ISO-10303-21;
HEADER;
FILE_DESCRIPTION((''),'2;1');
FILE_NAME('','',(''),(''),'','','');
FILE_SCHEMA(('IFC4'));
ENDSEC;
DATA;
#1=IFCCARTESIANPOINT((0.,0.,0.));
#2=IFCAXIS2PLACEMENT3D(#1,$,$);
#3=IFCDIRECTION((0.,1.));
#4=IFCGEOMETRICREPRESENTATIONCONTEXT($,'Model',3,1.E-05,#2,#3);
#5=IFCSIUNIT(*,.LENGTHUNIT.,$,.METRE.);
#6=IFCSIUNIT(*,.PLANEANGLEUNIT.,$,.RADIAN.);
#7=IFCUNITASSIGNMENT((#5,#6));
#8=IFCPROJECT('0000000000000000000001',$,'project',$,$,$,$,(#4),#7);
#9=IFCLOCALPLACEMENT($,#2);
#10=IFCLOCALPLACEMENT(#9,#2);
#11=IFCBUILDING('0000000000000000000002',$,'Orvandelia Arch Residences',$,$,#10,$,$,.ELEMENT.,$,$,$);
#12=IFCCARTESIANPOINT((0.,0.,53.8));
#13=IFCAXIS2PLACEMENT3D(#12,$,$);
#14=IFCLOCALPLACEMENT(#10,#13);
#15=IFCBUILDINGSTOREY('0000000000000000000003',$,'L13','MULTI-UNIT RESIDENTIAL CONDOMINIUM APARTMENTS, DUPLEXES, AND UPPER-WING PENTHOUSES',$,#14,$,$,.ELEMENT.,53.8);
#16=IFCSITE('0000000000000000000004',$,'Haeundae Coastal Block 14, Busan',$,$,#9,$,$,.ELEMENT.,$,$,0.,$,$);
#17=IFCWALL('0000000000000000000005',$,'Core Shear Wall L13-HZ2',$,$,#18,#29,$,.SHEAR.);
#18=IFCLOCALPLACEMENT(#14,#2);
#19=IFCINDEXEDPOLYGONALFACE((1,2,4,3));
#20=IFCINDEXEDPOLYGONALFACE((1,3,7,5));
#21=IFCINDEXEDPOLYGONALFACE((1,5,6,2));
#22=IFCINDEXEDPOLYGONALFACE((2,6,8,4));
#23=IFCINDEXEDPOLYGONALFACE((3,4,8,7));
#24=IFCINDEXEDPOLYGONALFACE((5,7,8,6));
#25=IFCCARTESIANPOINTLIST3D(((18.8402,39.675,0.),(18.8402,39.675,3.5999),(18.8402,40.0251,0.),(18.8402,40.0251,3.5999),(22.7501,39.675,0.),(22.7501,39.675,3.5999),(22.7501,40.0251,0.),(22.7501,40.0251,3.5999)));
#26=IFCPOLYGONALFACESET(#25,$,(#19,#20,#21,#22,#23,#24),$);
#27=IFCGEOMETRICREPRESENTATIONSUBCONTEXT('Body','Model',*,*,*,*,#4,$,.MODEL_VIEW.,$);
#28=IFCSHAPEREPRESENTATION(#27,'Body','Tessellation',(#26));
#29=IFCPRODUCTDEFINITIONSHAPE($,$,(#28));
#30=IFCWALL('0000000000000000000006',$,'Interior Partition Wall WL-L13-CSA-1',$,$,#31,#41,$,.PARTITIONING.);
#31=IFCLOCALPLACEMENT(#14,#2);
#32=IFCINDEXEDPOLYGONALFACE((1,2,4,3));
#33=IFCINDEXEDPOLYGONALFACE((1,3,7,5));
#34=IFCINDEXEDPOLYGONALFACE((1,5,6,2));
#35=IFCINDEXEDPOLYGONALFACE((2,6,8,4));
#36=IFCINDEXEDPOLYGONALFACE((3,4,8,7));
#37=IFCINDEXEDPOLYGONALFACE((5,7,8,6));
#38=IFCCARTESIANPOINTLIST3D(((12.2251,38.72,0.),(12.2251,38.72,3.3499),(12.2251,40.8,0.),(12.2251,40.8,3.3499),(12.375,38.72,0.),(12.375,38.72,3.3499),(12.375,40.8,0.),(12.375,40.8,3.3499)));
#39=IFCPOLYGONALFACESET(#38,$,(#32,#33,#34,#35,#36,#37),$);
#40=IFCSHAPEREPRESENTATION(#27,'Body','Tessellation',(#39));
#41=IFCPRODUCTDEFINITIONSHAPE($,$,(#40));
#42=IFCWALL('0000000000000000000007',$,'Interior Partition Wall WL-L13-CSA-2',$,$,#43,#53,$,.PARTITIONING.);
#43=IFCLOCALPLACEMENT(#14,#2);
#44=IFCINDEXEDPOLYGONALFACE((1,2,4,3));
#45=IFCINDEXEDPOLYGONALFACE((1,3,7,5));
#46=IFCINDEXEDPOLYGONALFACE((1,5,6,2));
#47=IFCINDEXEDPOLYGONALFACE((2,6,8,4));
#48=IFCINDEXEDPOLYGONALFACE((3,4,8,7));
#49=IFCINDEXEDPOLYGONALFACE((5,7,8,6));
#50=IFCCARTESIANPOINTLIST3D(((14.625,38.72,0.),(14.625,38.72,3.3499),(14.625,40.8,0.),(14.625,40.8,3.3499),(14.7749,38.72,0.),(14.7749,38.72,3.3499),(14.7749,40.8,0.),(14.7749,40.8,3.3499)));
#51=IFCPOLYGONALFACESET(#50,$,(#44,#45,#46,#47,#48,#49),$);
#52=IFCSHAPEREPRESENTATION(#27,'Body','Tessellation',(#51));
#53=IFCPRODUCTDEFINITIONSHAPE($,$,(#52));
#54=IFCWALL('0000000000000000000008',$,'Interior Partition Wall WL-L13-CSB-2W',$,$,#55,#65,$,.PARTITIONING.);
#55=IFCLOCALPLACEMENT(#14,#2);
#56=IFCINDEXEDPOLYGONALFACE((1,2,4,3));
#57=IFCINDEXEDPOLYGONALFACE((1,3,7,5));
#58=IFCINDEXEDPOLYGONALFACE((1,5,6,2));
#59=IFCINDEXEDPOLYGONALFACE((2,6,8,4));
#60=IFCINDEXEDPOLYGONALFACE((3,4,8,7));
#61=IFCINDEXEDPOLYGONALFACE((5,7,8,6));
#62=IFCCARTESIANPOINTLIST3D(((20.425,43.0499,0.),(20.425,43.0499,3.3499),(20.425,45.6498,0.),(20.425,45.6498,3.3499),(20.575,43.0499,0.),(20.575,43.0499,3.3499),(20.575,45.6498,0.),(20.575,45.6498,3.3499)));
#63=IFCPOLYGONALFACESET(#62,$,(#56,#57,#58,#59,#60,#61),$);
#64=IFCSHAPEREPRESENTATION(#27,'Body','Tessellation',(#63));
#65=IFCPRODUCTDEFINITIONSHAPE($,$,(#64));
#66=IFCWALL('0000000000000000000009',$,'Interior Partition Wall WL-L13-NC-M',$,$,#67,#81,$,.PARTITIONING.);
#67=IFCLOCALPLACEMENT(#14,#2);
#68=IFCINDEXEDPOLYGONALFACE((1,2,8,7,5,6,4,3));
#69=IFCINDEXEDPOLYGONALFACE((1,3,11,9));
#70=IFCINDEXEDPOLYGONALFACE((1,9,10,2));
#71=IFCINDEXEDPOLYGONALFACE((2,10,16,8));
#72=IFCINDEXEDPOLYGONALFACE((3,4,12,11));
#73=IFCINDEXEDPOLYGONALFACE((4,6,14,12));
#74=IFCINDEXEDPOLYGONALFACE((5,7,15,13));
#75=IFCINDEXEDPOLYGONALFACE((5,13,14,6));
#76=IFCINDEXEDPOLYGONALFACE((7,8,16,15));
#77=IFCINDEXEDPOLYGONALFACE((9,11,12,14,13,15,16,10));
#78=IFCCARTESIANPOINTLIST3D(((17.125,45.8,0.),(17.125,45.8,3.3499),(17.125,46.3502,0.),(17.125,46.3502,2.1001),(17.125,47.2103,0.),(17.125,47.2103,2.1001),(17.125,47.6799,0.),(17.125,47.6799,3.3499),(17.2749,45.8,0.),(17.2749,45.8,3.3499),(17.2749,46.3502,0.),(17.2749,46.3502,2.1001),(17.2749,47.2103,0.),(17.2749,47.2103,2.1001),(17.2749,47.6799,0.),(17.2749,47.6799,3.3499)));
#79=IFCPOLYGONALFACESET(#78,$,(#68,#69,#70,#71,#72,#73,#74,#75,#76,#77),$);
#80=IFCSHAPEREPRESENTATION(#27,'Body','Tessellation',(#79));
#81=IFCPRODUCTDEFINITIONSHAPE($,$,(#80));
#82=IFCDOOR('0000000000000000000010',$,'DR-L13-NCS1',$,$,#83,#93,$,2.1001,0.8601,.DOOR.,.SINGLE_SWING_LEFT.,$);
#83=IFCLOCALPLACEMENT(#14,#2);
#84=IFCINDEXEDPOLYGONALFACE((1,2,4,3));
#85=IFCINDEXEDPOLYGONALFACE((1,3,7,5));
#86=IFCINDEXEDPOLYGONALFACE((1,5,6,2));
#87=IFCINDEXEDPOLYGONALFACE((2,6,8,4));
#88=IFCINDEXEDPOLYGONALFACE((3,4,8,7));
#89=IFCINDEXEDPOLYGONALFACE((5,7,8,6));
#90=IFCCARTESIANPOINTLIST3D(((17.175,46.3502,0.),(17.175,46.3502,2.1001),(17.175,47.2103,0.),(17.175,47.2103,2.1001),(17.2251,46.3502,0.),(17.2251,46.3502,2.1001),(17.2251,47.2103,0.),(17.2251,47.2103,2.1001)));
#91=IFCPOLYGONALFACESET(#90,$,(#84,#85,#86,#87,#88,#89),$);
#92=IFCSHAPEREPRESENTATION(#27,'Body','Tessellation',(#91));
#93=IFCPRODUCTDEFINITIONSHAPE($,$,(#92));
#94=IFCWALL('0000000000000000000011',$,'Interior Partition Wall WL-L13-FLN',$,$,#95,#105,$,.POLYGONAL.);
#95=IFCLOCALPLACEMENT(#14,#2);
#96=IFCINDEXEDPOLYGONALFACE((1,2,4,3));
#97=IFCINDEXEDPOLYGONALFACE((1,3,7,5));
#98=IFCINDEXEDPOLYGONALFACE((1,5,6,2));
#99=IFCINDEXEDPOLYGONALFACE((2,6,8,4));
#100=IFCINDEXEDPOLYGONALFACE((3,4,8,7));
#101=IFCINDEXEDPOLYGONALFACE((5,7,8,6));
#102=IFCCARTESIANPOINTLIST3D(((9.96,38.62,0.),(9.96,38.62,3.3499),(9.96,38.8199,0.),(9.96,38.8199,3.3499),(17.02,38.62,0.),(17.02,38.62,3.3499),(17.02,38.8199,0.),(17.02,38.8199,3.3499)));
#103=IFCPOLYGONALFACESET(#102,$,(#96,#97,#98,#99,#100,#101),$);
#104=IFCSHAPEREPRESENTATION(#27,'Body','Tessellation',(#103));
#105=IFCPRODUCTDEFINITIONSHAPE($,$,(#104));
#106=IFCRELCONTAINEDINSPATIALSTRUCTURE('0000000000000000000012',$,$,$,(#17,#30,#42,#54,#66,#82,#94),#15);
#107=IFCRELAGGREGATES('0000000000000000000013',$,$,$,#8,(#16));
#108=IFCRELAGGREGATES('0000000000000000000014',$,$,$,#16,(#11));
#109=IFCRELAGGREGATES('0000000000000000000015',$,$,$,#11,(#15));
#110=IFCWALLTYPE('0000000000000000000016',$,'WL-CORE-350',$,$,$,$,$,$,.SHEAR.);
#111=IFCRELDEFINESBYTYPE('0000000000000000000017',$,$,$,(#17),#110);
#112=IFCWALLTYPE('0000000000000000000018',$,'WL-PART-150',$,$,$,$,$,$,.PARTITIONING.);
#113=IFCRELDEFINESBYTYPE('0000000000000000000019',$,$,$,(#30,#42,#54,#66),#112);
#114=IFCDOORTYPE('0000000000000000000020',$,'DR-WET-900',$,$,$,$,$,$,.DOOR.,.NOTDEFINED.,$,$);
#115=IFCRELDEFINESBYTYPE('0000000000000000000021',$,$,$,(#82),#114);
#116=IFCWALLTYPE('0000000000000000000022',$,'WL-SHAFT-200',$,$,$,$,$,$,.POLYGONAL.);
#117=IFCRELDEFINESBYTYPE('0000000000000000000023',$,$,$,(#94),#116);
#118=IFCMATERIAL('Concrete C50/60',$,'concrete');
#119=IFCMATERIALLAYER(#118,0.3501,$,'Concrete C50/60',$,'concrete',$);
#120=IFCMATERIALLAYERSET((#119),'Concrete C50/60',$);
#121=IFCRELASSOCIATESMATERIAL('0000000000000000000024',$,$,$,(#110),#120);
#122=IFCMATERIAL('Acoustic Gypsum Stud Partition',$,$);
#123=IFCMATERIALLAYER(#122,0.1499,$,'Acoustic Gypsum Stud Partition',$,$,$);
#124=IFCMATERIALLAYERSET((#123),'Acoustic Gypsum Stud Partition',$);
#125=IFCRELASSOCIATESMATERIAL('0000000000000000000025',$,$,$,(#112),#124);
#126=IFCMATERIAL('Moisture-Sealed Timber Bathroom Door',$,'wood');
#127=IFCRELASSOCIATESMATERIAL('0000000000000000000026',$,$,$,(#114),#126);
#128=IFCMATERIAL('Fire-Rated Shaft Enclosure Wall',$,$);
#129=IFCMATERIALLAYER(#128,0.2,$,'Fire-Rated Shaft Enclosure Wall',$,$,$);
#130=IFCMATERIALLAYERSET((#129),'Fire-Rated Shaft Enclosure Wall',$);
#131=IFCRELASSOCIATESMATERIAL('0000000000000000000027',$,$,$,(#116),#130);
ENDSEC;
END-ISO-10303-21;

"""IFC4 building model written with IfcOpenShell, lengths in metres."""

from ifc_helpers import new_model, si_unit, direction, frame, frame_2d, origin, place, context, subcontext, project, spatial, rectangle, extrude, material, layer, layer_set, type_object, element, fill, save


model = new_model("IFC4")

# Units and contexts
model_context = context("Model", 3, precision=1e-05, world=origin(), true_north=direction((0.0, 1.0)))
body_context = subcontext(model_context, "Body", "Model", "MODEL_VIEW")
ifc_project = project(units=[si_unit("LENGTHUNIT", "METRE"), si_unit("PLANEANGLEUNIT", "RADIAN")], contexts=[model_context])

# Site, building, storey
site_placement = place(None, origin())
site = spatial("IfcSite", under=ifc_project, at=site_placement, Name="Haeundae Coastal Block 14, Busan", CompositionType="ELEMENT", RefElevation=0.0)
building_placement = place(site_placement, origin())
building = spatial("IfcBuilding", under=site, at=building_placement, Name="Orvandelia Arch Residences", CompositionType="ELEMENT")
storey_placement = place(building_placement, frame((0.0, 0.0, 53.8)))
storey = spatial("IfcBuildingStorey", under=building, at=storey_placement, Name="L13", Description="MULTI-UNIT RESIDENTIAL CONDOMINIUM APARTMENTS, DUPLEXES, AND UPPER-WING PENTHOUSES", CompositionType="ELEMENT", Elevation=53.8)

# Walls
ifc_material_1 = material(Name="Concrete C50/60", Category="concrete")
ifc_layer_1 = layer(ifc_material_1, 0.3501, Name="Concrete C50/60", Category="concrete")
ifc_layer_set_1 = layer_set([ifc_layer_1], Name="Concrete C50/60")
wall_type_1 = type_object("IfcWallType", Name="WL-CORE-350", PredefinedType="SHEAR", material=ifc_layer_set_1)
wall_1_placement = place(storey_placement, frame((18.8401, 39.8501, 0.0), z_axis=(0.0, 0.0, 1.0), x_axis=(1.0, 0.0, 0.0)))
element("IfcWall", 1, at=wall_1_placement, inside=storey, type_object=wall_type_1, Name="Core Shear Wall L13-HZ2", PredefinedType="SHEAR", context=body_context, shape_type="SweptSolid", body=[
    extrude(rectangle(XDim=3.9099, YDim=0.3501, at=frame_2d((1.9551, 0.0))), origin(), (0.0, 0.0, 1.0), 3.5999),
])
ifc_material_2 = material(Name="Acoustic Gypsum Stud Partition")
ifc_layer_2 = layer(ifc_material_2, 0.1499, Name="Acoustic Gypsum Stud Partition")
ifc_layer_set_2 = layer_set([ifc_layer_2], Name="Acoustic Gypsum Stud Partition")
wall_type_2 = type_object("IfcWallType", Name="WL-PART-150", PredefinedType="PARTITIONING", material=ifc_layer_set_2)
for number, where, z_axis, x_axis, name in (
    (2, (12.3, 38.72, 0.0), (0.0, 0.0, 1.0), (0.0, 1.0, 0.0), "Interior Partition Wall WL-L13-CSA-1"),
    (3, (14.7, 38.72, 0.0), (0.0, 0.0, 1.0), (0.0, 1.0, 0.0), "Interior Partition Wall WL-L13-CSA-2"),
):
    element("IfcWall", number, at=place(storey_placement, frame(where, z_axis=z_axis, x_axis=x_axis)), inside=storey, type_object=wall_type_2, Name=name, PredefinedType="PARTITIONING", context=body_context, shape_type="SweptSolid", body=[
        extrude(rectangle(XDim=2.0801, YDim=0.1499, at=frame_2d((1.04, 0.0))), origin(), (0.0, 0.0, 1.0), 3.3499),
    ])
wall_2_placement = place(storey_placement, frame((20.5, 43.05, 0.0), z_axis=(0.0, 0.0, 1.0), x_axis=(0.0, 1.0, 0.0)))
element("IfcWall", 4, at=wall_2_placement, inside=storey, type_object=wall_type_2, Name="Interior Partition Wall WL-L13-CSB-2W", PredefinedType="PARTITIONING", context=body_context, shape_type="SweptSolid", body=[
    extrude(rectangle(XDim=2.5999, YDim=0.1499, at=frame_2d((1.2998, 0.0))), origin(), (0.0, 0.0, 1.0), 3.3499),
])

# Wall, opening, door
wall_3_placement = place(storey_placement, frame((17.2, 45.8, 0.0), z_axis=(0.0, 0.0, 1.0), x_axis=(0.0, 1.0, 0.0)))
wall_3 = element("IfcWall", 5, at=wall_3_placement, inside=storey, type_object=wall_type_2, Name="Interior Partition Wall WL-L13-NC-M", PredefinedType="PARTITIONING", context=body_context, shape_type="SweptSolid", body=[
    extrude(rectangle(XDim=1.8799, YDim=0.1499, at=frame_2d((0.9399, 0.0))), origin(), (0.0, 0.0, 1.0), 3.3499),
])
opening_1_placement = place(wall_3_placement, frame((0.55, 0.0, 0.0)))
opening_1 = element("IfcOpeningElement", 6, at=opening_1_placement, cuts=wall_3, PredefinedType="OPENING", context=body_context, shape_type="SweptSolid", body=[
    extrude(rectangle(XDim=0.8601, YDim=2.1001, at=frame_2d((0.4302, 1.05))), frame((0.0, 0.085, 0.0), z_axis=(0.0, -1.0, 0.0), x_axis=(1.0, 0.0, 0.0)), (0.0, 0.0, 1.0), 0.1699),
])
ifc_material_3 = material(Name="Moisture-Sealed Timber Bathroom Door", Category="wood")
door_type_1 = type_object("IfcDoorType", Name="DR-WET-900", OperationType="NOTDEFINED", PredefinedType="DOOR", material=ifc_material_3)
door_1_placement = place(opening_1_placement, origin())
door_1 = element("IfcDoor", 7, at=door_1_placement, inside=storey, type_object=door_type_1, Name="DR-L13-NCS1", OperationType="SINGLE_SWING_LEFT", OverallHeight=2.1001, OverallWidth=0.8601, PredefinedType="DOOR", context=body_context, shape_type="SweptSolid", body=[
    extrude(rectangle(XDim=0.8601, YDim=2.1001, at=frame_2d((0.4302, 1.05))), frame((0.0, 0.0249, 0.0), z_axis=(0.0, -1.0, 0.0), x_axis=(1.0, 0.0, 0.0)), (0.0, 0.0, 1.0), 0.05),
])
fill(opening_1, door_1)

# Wall
ifc_material_4 = material(Name="Fire-Rated Shaft Enclosure Wall")
ifc_layer_3 = layer(ifc_material_4, 0.2, Name="Fire-Rated Shaft Enclosure Wall")
ifc_layer_set_3 = layer_set([ifc_layer_3], Name="Fire-Rated Shaft Enclosure Wall")
wall_type_3 = type_object("IfcWallType", Name="WL-SHAFT-200", PredefinedType="POLYGONAL", material=ifc_layer_set_3)
wall_4_placement = place(storey_placement, frame((9.96, 38.72, 0.0), z_axis=(0.0, 0.0, 1.0), x_axis=(1.0, 0.0, 0.0)))
element("IfcWall", 8, at=wall_4_placement, inside=storey, type_object=wall_type_3, Name="Interior Partition Wall WL-L13-FLN", PredefinedType="POLYGONAL", context=body_context, shape_type="SweptSolid", body=[
    extrude(rectangle(XDim=7.0601, YDim=0.2, at=frame_2d((3.53, 0.0))), origin(), (0.0, 0.0, 1.0), 3.3499),
])

save(model, "model.ifc")
